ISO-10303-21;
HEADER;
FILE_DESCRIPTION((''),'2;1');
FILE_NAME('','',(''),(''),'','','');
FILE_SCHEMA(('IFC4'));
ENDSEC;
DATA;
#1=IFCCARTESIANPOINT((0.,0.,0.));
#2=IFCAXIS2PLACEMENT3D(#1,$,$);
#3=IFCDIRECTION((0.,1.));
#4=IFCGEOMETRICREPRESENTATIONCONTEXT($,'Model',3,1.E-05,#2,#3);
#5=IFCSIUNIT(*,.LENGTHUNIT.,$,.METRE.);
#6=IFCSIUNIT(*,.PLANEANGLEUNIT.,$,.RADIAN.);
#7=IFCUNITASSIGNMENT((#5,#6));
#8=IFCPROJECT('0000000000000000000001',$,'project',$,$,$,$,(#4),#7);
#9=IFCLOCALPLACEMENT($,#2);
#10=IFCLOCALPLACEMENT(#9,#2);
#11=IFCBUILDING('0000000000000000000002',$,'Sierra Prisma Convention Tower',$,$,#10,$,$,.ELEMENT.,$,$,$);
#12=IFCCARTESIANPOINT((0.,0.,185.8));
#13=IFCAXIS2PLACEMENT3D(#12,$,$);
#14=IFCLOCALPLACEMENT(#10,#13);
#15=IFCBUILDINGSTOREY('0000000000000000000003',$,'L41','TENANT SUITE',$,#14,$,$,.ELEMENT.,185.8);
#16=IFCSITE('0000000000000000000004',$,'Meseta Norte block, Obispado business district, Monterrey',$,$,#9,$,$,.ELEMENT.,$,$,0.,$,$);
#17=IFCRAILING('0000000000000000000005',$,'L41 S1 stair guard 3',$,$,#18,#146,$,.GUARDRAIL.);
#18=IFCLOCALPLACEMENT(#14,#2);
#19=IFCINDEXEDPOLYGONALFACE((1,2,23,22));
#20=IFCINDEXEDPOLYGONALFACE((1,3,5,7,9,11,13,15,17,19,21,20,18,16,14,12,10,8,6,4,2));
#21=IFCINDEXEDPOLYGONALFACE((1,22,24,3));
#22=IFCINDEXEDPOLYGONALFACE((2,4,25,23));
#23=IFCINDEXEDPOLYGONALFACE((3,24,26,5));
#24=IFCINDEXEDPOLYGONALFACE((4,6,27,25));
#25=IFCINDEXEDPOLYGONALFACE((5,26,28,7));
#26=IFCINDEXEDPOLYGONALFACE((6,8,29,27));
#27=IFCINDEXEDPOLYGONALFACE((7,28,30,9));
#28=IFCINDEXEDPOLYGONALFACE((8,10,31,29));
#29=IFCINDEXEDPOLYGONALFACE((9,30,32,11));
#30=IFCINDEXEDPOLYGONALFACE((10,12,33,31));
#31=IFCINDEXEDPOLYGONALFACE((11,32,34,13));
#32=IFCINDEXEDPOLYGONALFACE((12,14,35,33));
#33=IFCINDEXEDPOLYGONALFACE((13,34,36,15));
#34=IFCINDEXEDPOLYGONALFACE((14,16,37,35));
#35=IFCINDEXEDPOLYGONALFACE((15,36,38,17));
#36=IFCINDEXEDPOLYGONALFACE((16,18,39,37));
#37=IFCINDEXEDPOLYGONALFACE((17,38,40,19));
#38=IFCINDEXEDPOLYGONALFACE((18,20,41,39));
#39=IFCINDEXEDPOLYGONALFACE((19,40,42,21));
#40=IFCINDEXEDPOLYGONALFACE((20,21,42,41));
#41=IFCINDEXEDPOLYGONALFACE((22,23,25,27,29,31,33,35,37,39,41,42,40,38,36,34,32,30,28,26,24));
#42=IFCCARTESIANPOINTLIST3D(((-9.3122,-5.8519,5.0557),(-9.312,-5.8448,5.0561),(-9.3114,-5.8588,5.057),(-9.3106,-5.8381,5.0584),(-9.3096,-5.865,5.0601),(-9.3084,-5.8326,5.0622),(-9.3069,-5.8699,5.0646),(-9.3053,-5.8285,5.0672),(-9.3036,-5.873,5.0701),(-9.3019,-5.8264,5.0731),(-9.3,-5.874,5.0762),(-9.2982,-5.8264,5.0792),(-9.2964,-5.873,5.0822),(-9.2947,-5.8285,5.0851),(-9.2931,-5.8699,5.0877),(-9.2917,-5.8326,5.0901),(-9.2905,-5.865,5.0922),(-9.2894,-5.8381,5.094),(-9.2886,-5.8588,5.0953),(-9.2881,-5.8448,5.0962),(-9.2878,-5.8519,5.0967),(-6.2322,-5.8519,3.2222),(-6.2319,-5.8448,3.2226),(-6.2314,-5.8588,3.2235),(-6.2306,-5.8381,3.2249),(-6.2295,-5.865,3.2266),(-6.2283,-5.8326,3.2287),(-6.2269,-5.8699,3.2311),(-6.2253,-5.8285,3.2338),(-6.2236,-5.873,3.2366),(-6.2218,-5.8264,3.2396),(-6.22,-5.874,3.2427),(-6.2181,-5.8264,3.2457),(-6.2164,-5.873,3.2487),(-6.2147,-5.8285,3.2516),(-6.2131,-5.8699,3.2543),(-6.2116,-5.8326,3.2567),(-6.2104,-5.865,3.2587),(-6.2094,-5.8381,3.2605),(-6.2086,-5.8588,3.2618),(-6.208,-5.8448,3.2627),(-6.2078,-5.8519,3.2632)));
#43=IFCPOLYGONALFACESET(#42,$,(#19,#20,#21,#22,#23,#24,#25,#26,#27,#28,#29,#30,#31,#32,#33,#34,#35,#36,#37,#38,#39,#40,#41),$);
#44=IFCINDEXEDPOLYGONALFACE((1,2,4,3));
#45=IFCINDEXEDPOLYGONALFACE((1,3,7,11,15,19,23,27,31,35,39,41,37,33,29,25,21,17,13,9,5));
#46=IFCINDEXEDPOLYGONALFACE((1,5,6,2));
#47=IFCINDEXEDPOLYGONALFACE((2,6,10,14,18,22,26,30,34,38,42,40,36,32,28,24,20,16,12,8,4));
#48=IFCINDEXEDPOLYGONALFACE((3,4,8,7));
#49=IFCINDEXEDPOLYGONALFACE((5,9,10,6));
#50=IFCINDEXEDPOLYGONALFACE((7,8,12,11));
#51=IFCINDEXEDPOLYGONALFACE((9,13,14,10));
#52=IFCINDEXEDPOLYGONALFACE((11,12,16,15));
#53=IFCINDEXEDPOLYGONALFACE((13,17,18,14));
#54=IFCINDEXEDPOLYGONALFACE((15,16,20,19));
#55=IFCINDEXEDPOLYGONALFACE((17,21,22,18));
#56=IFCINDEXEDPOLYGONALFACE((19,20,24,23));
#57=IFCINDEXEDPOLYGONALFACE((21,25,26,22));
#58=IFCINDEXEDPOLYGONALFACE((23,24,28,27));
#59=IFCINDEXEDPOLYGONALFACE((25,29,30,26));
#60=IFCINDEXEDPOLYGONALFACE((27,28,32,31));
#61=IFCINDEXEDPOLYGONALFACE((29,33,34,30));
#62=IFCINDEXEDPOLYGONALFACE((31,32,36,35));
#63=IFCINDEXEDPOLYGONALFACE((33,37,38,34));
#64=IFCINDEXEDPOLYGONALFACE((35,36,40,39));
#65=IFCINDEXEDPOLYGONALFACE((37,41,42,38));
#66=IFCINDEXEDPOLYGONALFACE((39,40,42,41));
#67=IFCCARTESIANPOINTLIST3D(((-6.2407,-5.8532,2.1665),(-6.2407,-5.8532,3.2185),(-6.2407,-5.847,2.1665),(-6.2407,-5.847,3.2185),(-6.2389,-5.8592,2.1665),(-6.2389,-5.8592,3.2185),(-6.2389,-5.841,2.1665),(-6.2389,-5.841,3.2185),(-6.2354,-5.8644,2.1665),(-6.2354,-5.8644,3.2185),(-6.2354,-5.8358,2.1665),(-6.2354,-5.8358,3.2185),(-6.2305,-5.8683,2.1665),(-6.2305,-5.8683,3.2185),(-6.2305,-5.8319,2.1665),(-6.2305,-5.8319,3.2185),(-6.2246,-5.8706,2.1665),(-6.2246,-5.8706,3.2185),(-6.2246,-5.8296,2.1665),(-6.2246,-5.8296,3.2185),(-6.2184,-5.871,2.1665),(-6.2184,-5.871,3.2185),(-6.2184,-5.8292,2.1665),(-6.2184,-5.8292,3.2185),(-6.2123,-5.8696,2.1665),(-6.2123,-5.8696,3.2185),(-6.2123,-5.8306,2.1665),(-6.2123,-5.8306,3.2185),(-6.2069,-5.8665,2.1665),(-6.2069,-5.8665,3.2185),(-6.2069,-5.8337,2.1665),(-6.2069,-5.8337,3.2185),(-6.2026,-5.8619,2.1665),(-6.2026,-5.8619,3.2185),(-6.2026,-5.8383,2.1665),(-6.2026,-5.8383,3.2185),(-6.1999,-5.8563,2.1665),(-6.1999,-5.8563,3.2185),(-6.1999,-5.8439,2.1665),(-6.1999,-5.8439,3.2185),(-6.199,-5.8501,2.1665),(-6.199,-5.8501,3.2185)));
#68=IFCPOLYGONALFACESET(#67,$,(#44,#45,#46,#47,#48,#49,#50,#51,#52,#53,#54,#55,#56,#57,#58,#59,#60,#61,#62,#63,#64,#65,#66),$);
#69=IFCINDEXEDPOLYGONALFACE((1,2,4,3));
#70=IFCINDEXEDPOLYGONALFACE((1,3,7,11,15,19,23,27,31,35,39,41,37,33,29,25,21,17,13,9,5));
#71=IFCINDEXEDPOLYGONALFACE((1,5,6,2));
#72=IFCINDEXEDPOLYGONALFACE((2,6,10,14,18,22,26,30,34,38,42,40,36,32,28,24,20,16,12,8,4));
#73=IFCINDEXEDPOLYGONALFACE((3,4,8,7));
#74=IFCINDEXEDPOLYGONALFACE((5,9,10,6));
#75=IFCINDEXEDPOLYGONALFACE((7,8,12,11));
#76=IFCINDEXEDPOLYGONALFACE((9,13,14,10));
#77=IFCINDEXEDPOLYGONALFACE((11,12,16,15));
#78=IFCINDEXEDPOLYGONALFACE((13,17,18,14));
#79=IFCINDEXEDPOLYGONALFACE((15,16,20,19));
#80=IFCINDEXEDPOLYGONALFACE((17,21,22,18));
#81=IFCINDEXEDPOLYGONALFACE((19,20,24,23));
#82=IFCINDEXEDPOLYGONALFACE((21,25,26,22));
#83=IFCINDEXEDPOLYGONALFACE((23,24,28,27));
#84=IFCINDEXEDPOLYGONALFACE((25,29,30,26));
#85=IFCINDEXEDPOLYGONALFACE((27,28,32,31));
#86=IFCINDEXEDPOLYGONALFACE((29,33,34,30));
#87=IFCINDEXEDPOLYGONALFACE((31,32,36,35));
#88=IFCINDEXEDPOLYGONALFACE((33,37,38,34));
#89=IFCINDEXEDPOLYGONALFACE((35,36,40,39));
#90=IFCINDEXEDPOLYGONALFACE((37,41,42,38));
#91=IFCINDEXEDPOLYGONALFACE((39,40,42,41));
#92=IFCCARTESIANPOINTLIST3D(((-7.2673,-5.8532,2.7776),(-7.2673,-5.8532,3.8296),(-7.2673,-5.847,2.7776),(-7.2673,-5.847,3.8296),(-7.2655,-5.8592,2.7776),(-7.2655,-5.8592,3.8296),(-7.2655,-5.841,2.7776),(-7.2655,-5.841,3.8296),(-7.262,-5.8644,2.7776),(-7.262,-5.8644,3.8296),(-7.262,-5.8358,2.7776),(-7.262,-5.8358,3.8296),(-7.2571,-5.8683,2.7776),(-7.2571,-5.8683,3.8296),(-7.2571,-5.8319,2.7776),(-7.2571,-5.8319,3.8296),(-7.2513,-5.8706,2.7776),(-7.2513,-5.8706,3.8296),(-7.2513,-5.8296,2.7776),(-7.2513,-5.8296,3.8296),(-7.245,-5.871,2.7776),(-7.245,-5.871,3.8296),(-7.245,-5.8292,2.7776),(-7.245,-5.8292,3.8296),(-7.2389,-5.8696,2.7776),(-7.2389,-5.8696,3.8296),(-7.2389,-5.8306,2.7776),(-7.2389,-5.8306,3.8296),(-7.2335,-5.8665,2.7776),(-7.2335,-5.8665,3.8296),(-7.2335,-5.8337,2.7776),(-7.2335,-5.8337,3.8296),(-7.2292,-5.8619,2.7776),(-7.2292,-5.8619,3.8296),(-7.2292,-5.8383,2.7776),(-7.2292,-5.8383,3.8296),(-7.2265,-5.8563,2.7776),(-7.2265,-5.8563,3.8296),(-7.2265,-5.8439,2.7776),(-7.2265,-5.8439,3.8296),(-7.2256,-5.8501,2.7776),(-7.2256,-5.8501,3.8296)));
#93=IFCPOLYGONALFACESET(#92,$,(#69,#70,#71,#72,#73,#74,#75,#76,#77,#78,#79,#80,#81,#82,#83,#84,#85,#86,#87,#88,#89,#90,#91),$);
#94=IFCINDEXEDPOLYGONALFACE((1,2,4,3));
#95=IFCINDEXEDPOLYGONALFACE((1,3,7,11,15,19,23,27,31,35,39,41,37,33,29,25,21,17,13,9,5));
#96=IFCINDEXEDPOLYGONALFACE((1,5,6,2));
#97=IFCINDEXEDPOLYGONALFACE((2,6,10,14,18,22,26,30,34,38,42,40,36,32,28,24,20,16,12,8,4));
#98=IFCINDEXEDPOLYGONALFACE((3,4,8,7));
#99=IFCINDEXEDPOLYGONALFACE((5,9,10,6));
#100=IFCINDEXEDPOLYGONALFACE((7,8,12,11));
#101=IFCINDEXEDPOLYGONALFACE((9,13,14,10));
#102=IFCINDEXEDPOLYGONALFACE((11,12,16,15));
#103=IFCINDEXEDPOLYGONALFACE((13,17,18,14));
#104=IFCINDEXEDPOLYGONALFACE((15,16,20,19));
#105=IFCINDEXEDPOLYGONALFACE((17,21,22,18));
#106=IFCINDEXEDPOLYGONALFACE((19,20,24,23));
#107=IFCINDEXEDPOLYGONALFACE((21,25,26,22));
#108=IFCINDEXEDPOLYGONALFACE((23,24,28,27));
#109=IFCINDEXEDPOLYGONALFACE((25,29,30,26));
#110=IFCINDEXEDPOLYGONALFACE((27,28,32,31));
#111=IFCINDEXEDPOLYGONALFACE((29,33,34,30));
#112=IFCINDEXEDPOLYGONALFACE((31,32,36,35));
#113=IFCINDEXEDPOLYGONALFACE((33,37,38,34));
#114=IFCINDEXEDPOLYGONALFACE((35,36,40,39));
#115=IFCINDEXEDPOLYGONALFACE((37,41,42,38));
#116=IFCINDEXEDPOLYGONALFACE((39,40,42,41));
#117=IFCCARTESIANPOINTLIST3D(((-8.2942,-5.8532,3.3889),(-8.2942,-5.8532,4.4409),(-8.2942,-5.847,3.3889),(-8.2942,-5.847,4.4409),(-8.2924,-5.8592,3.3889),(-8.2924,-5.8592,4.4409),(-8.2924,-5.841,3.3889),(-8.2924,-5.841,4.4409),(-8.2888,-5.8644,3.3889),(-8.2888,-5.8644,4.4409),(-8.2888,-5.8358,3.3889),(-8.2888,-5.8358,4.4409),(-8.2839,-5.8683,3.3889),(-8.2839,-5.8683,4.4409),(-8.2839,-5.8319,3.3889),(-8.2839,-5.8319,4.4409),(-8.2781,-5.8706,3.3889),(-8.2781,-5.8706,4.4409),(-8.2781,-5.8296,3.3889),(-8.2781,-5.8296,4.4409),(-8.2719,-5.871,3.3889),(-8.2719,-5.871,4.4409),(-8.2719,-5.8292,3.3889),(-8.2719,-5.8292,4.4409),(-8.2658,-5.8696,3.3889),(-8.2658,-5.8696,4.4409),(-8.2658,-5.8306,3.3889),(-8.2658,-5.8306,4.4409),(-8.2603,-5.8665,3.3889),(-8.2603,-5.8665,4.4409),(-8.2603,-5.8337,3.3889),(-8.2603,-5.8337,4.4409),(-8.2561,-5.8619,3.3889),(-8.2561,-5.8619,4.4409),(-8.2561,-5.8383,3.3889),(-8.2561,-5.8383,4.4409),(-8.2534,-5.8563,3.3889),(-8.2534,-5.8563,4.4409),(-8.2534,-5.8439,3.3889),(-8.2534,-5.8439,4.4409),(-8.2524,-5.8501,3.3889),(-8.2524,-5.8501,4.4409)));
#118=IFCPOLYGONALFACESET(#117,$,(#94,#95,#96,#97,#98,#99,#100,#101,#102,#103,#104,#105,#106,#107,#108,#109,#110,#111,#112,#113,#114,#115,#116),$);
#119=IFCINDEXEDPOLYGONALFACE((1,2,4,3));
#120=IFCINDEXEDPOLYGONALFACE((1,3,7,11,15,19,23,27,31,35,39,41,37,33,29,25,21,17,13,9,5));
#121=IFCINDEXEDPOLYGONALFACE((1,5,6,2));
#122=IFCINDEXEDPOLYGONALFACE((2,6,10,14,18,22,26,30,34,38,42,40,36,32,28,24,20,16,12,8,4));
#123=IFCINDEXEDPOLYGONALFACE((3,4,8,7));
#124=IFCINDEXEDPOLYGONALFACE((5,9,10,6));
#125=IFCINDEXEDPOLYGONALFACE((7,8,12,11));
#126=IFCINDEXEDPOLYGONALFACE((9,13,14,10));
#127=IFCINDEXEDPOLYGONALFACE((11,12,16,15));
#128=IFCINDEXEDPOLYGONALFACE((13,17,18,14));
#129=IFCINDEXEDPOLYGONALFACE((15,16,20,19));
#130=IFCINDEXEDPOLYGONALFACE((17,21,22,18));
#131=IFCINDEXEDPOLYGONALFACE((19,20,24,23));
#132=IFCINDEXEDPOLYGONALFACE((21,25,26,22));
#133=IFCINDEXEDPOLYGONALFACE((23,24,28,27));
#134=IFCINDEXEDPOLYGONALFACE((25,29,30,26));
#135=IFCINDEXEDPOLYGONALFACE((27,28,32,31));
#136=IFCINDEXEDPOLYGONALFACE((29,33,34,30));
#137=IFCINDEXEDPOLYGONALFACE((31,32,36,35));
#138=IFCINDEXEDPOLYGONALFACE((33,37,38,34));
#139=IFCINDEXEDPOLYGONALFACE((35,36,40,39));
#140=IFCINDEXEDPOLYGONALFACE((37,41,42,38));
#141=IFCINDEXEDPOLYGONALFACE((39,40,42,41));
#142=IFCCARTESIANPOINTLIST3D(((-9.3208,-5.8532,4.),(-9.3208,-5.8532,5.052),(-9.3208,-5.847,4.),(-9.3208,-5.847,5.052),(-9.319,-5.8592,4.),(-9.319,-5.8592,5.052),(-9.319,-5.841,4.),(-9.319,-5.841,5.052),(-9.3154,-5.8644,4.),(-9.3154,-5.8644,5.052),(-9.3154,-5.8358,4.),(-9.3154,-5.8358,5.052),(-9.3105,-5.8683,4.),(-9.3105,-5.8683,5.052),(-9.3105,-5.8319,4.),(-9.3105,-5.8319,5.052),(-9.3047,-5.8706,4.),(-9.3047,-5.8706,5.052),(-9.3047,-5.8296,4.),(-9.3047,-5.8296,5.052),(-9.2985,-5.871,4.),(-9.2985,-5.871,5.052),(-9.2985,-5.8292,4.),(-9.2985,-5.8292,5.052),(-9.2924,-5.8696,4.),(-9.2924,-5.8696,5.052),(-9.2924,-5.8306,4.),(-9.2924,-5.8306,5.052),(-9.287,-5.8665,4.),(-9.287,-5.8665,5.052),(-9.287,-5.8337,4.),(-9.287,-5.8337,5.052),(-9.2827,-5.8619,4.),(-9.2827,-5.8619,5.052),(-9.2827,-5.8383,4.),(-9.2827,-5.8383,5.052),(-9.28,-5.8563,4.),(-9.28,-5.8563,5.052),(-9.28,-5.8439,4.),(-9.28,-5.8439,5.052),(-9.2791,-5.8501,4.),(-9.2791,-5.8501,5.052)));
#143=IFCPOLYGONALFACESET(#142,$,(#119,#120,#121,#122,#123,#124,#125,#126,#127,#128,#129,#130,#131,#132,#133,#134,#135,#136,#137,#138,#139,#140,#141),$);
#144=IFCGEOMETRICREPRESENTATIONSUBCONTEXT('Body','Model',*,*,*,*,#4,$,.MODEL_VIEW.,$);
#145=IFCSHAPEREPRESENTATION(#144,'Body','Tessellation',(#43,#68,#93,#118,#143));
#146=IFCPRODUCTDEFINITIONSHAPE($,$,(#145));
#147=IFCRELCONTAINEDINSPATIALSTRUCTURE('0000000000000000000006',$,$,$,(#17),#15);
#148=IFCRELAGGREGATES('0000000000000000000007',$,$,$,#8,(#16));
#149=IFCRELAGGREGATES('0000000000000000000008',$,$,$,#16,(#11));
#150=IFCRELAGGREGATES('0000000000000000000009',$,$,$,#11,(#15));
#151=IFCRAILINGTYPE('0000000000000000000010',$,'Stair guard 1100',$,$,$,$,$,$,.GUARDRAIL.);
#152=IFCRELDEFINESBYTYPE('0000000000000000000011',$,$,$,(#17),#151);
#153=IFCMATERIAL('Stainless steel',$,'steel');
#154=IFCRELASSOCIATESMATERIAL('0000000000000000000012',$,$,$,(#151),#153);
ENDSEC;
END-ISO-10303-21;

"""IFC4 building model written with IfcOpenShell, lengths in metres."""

from ifc_helpers import new_model, si_unit, direction, frame, origin, origin_2d, place, context, subcontext, project, spatial, circle, extrude, material, type_object, element, save


model = new_model("IFC4")

# Units and contexts
model_context = context("Model", 3, precision=1e-05, world=origin(), true_north=direction((0.0, 1.0)))
body_context = subcontext(model_context, "Body", "Model", "MODEL_VIEW")
ifc_project = project(units=[si_unit("LENGTHUNIT", "METRE"), si_unit("PLANEANGLEUNIT", "RADIAN")], contexts=[model_context])

# Site, building, storey
site_placement = place(None, origin())
site = spatial("IfcSite", under=ifc_project, at=site_placement, Name="Meseta Norte block, Obispado business district, Monterrey", CompositionType="ELEMENT", RefElevation=0.0)
building_placement = place(site_placement, origin())
building = spatial("IfcBuilding", under=site, at=building_placement, Name="Sierra Prisma Convention Tower", CompositionType="ELEMENT")
storey_placement = place(building_placement, frame((0.0, 0.0, 185.8)))
storey = spatial("IfcBuildingStorey", under=building, at=storey_placement, Name="L41", Description="TENANT SUITE", CompositionType="ELEMENT", Elevation=185.8)

# Railing
ifc_material_1 = material(Name="Stainless steel", Category="steel")
railing_type_1 = type_object("IfcRailingType", Name="Stair guard 1100", PredefinedType="GUARDRAIL", material=ifc_material_1)
railing_1_placement = place(storey_placement, frame((-6.22, -5.8501, 2.1665)))
element("IfcRailing", 1, at=railing_1_placement, inside=storey, type_object=railing_type_1, Name="L41 S1 stair guard 3", PredefinedType="GUARDRAIL", context=body_context, shape_type="SweptSolid", body=[
    extrude(circle(Radius=0.0239, at=origin_2d()), frame((0.0, 0.0, 1.0762), z_axis=(-0.859279, 0.0, 0.511508), x_axis=(0.0, -1.0, 0.0)), (0.0, 0.0, 1.0), 3.5845),
    extrude(circle(Radius=0.021, at=origin_2d()), origin(), (0.0, 0.0, 1.0), 1.052),
    extrude(circle(Radius=0.021, at=origin_2d()), frame((-1.0266, 0.0, 0.6111)), (0.0, 0.0, 1.0), 1.052),
    extrude(circle(Radius=0.021, at=origin_2d()), frame((-2.0535, 0.0, 1.2224)), (0.0, 0.0, 1.0), 1.052),
    extrude(circle(Radius=0.021, at=origin_2d()), frame((-3.0801, 0.0, 1.8335)), (0.0, 0.0, 1.0), 1.052),
])

save(model, "model.ifc")
